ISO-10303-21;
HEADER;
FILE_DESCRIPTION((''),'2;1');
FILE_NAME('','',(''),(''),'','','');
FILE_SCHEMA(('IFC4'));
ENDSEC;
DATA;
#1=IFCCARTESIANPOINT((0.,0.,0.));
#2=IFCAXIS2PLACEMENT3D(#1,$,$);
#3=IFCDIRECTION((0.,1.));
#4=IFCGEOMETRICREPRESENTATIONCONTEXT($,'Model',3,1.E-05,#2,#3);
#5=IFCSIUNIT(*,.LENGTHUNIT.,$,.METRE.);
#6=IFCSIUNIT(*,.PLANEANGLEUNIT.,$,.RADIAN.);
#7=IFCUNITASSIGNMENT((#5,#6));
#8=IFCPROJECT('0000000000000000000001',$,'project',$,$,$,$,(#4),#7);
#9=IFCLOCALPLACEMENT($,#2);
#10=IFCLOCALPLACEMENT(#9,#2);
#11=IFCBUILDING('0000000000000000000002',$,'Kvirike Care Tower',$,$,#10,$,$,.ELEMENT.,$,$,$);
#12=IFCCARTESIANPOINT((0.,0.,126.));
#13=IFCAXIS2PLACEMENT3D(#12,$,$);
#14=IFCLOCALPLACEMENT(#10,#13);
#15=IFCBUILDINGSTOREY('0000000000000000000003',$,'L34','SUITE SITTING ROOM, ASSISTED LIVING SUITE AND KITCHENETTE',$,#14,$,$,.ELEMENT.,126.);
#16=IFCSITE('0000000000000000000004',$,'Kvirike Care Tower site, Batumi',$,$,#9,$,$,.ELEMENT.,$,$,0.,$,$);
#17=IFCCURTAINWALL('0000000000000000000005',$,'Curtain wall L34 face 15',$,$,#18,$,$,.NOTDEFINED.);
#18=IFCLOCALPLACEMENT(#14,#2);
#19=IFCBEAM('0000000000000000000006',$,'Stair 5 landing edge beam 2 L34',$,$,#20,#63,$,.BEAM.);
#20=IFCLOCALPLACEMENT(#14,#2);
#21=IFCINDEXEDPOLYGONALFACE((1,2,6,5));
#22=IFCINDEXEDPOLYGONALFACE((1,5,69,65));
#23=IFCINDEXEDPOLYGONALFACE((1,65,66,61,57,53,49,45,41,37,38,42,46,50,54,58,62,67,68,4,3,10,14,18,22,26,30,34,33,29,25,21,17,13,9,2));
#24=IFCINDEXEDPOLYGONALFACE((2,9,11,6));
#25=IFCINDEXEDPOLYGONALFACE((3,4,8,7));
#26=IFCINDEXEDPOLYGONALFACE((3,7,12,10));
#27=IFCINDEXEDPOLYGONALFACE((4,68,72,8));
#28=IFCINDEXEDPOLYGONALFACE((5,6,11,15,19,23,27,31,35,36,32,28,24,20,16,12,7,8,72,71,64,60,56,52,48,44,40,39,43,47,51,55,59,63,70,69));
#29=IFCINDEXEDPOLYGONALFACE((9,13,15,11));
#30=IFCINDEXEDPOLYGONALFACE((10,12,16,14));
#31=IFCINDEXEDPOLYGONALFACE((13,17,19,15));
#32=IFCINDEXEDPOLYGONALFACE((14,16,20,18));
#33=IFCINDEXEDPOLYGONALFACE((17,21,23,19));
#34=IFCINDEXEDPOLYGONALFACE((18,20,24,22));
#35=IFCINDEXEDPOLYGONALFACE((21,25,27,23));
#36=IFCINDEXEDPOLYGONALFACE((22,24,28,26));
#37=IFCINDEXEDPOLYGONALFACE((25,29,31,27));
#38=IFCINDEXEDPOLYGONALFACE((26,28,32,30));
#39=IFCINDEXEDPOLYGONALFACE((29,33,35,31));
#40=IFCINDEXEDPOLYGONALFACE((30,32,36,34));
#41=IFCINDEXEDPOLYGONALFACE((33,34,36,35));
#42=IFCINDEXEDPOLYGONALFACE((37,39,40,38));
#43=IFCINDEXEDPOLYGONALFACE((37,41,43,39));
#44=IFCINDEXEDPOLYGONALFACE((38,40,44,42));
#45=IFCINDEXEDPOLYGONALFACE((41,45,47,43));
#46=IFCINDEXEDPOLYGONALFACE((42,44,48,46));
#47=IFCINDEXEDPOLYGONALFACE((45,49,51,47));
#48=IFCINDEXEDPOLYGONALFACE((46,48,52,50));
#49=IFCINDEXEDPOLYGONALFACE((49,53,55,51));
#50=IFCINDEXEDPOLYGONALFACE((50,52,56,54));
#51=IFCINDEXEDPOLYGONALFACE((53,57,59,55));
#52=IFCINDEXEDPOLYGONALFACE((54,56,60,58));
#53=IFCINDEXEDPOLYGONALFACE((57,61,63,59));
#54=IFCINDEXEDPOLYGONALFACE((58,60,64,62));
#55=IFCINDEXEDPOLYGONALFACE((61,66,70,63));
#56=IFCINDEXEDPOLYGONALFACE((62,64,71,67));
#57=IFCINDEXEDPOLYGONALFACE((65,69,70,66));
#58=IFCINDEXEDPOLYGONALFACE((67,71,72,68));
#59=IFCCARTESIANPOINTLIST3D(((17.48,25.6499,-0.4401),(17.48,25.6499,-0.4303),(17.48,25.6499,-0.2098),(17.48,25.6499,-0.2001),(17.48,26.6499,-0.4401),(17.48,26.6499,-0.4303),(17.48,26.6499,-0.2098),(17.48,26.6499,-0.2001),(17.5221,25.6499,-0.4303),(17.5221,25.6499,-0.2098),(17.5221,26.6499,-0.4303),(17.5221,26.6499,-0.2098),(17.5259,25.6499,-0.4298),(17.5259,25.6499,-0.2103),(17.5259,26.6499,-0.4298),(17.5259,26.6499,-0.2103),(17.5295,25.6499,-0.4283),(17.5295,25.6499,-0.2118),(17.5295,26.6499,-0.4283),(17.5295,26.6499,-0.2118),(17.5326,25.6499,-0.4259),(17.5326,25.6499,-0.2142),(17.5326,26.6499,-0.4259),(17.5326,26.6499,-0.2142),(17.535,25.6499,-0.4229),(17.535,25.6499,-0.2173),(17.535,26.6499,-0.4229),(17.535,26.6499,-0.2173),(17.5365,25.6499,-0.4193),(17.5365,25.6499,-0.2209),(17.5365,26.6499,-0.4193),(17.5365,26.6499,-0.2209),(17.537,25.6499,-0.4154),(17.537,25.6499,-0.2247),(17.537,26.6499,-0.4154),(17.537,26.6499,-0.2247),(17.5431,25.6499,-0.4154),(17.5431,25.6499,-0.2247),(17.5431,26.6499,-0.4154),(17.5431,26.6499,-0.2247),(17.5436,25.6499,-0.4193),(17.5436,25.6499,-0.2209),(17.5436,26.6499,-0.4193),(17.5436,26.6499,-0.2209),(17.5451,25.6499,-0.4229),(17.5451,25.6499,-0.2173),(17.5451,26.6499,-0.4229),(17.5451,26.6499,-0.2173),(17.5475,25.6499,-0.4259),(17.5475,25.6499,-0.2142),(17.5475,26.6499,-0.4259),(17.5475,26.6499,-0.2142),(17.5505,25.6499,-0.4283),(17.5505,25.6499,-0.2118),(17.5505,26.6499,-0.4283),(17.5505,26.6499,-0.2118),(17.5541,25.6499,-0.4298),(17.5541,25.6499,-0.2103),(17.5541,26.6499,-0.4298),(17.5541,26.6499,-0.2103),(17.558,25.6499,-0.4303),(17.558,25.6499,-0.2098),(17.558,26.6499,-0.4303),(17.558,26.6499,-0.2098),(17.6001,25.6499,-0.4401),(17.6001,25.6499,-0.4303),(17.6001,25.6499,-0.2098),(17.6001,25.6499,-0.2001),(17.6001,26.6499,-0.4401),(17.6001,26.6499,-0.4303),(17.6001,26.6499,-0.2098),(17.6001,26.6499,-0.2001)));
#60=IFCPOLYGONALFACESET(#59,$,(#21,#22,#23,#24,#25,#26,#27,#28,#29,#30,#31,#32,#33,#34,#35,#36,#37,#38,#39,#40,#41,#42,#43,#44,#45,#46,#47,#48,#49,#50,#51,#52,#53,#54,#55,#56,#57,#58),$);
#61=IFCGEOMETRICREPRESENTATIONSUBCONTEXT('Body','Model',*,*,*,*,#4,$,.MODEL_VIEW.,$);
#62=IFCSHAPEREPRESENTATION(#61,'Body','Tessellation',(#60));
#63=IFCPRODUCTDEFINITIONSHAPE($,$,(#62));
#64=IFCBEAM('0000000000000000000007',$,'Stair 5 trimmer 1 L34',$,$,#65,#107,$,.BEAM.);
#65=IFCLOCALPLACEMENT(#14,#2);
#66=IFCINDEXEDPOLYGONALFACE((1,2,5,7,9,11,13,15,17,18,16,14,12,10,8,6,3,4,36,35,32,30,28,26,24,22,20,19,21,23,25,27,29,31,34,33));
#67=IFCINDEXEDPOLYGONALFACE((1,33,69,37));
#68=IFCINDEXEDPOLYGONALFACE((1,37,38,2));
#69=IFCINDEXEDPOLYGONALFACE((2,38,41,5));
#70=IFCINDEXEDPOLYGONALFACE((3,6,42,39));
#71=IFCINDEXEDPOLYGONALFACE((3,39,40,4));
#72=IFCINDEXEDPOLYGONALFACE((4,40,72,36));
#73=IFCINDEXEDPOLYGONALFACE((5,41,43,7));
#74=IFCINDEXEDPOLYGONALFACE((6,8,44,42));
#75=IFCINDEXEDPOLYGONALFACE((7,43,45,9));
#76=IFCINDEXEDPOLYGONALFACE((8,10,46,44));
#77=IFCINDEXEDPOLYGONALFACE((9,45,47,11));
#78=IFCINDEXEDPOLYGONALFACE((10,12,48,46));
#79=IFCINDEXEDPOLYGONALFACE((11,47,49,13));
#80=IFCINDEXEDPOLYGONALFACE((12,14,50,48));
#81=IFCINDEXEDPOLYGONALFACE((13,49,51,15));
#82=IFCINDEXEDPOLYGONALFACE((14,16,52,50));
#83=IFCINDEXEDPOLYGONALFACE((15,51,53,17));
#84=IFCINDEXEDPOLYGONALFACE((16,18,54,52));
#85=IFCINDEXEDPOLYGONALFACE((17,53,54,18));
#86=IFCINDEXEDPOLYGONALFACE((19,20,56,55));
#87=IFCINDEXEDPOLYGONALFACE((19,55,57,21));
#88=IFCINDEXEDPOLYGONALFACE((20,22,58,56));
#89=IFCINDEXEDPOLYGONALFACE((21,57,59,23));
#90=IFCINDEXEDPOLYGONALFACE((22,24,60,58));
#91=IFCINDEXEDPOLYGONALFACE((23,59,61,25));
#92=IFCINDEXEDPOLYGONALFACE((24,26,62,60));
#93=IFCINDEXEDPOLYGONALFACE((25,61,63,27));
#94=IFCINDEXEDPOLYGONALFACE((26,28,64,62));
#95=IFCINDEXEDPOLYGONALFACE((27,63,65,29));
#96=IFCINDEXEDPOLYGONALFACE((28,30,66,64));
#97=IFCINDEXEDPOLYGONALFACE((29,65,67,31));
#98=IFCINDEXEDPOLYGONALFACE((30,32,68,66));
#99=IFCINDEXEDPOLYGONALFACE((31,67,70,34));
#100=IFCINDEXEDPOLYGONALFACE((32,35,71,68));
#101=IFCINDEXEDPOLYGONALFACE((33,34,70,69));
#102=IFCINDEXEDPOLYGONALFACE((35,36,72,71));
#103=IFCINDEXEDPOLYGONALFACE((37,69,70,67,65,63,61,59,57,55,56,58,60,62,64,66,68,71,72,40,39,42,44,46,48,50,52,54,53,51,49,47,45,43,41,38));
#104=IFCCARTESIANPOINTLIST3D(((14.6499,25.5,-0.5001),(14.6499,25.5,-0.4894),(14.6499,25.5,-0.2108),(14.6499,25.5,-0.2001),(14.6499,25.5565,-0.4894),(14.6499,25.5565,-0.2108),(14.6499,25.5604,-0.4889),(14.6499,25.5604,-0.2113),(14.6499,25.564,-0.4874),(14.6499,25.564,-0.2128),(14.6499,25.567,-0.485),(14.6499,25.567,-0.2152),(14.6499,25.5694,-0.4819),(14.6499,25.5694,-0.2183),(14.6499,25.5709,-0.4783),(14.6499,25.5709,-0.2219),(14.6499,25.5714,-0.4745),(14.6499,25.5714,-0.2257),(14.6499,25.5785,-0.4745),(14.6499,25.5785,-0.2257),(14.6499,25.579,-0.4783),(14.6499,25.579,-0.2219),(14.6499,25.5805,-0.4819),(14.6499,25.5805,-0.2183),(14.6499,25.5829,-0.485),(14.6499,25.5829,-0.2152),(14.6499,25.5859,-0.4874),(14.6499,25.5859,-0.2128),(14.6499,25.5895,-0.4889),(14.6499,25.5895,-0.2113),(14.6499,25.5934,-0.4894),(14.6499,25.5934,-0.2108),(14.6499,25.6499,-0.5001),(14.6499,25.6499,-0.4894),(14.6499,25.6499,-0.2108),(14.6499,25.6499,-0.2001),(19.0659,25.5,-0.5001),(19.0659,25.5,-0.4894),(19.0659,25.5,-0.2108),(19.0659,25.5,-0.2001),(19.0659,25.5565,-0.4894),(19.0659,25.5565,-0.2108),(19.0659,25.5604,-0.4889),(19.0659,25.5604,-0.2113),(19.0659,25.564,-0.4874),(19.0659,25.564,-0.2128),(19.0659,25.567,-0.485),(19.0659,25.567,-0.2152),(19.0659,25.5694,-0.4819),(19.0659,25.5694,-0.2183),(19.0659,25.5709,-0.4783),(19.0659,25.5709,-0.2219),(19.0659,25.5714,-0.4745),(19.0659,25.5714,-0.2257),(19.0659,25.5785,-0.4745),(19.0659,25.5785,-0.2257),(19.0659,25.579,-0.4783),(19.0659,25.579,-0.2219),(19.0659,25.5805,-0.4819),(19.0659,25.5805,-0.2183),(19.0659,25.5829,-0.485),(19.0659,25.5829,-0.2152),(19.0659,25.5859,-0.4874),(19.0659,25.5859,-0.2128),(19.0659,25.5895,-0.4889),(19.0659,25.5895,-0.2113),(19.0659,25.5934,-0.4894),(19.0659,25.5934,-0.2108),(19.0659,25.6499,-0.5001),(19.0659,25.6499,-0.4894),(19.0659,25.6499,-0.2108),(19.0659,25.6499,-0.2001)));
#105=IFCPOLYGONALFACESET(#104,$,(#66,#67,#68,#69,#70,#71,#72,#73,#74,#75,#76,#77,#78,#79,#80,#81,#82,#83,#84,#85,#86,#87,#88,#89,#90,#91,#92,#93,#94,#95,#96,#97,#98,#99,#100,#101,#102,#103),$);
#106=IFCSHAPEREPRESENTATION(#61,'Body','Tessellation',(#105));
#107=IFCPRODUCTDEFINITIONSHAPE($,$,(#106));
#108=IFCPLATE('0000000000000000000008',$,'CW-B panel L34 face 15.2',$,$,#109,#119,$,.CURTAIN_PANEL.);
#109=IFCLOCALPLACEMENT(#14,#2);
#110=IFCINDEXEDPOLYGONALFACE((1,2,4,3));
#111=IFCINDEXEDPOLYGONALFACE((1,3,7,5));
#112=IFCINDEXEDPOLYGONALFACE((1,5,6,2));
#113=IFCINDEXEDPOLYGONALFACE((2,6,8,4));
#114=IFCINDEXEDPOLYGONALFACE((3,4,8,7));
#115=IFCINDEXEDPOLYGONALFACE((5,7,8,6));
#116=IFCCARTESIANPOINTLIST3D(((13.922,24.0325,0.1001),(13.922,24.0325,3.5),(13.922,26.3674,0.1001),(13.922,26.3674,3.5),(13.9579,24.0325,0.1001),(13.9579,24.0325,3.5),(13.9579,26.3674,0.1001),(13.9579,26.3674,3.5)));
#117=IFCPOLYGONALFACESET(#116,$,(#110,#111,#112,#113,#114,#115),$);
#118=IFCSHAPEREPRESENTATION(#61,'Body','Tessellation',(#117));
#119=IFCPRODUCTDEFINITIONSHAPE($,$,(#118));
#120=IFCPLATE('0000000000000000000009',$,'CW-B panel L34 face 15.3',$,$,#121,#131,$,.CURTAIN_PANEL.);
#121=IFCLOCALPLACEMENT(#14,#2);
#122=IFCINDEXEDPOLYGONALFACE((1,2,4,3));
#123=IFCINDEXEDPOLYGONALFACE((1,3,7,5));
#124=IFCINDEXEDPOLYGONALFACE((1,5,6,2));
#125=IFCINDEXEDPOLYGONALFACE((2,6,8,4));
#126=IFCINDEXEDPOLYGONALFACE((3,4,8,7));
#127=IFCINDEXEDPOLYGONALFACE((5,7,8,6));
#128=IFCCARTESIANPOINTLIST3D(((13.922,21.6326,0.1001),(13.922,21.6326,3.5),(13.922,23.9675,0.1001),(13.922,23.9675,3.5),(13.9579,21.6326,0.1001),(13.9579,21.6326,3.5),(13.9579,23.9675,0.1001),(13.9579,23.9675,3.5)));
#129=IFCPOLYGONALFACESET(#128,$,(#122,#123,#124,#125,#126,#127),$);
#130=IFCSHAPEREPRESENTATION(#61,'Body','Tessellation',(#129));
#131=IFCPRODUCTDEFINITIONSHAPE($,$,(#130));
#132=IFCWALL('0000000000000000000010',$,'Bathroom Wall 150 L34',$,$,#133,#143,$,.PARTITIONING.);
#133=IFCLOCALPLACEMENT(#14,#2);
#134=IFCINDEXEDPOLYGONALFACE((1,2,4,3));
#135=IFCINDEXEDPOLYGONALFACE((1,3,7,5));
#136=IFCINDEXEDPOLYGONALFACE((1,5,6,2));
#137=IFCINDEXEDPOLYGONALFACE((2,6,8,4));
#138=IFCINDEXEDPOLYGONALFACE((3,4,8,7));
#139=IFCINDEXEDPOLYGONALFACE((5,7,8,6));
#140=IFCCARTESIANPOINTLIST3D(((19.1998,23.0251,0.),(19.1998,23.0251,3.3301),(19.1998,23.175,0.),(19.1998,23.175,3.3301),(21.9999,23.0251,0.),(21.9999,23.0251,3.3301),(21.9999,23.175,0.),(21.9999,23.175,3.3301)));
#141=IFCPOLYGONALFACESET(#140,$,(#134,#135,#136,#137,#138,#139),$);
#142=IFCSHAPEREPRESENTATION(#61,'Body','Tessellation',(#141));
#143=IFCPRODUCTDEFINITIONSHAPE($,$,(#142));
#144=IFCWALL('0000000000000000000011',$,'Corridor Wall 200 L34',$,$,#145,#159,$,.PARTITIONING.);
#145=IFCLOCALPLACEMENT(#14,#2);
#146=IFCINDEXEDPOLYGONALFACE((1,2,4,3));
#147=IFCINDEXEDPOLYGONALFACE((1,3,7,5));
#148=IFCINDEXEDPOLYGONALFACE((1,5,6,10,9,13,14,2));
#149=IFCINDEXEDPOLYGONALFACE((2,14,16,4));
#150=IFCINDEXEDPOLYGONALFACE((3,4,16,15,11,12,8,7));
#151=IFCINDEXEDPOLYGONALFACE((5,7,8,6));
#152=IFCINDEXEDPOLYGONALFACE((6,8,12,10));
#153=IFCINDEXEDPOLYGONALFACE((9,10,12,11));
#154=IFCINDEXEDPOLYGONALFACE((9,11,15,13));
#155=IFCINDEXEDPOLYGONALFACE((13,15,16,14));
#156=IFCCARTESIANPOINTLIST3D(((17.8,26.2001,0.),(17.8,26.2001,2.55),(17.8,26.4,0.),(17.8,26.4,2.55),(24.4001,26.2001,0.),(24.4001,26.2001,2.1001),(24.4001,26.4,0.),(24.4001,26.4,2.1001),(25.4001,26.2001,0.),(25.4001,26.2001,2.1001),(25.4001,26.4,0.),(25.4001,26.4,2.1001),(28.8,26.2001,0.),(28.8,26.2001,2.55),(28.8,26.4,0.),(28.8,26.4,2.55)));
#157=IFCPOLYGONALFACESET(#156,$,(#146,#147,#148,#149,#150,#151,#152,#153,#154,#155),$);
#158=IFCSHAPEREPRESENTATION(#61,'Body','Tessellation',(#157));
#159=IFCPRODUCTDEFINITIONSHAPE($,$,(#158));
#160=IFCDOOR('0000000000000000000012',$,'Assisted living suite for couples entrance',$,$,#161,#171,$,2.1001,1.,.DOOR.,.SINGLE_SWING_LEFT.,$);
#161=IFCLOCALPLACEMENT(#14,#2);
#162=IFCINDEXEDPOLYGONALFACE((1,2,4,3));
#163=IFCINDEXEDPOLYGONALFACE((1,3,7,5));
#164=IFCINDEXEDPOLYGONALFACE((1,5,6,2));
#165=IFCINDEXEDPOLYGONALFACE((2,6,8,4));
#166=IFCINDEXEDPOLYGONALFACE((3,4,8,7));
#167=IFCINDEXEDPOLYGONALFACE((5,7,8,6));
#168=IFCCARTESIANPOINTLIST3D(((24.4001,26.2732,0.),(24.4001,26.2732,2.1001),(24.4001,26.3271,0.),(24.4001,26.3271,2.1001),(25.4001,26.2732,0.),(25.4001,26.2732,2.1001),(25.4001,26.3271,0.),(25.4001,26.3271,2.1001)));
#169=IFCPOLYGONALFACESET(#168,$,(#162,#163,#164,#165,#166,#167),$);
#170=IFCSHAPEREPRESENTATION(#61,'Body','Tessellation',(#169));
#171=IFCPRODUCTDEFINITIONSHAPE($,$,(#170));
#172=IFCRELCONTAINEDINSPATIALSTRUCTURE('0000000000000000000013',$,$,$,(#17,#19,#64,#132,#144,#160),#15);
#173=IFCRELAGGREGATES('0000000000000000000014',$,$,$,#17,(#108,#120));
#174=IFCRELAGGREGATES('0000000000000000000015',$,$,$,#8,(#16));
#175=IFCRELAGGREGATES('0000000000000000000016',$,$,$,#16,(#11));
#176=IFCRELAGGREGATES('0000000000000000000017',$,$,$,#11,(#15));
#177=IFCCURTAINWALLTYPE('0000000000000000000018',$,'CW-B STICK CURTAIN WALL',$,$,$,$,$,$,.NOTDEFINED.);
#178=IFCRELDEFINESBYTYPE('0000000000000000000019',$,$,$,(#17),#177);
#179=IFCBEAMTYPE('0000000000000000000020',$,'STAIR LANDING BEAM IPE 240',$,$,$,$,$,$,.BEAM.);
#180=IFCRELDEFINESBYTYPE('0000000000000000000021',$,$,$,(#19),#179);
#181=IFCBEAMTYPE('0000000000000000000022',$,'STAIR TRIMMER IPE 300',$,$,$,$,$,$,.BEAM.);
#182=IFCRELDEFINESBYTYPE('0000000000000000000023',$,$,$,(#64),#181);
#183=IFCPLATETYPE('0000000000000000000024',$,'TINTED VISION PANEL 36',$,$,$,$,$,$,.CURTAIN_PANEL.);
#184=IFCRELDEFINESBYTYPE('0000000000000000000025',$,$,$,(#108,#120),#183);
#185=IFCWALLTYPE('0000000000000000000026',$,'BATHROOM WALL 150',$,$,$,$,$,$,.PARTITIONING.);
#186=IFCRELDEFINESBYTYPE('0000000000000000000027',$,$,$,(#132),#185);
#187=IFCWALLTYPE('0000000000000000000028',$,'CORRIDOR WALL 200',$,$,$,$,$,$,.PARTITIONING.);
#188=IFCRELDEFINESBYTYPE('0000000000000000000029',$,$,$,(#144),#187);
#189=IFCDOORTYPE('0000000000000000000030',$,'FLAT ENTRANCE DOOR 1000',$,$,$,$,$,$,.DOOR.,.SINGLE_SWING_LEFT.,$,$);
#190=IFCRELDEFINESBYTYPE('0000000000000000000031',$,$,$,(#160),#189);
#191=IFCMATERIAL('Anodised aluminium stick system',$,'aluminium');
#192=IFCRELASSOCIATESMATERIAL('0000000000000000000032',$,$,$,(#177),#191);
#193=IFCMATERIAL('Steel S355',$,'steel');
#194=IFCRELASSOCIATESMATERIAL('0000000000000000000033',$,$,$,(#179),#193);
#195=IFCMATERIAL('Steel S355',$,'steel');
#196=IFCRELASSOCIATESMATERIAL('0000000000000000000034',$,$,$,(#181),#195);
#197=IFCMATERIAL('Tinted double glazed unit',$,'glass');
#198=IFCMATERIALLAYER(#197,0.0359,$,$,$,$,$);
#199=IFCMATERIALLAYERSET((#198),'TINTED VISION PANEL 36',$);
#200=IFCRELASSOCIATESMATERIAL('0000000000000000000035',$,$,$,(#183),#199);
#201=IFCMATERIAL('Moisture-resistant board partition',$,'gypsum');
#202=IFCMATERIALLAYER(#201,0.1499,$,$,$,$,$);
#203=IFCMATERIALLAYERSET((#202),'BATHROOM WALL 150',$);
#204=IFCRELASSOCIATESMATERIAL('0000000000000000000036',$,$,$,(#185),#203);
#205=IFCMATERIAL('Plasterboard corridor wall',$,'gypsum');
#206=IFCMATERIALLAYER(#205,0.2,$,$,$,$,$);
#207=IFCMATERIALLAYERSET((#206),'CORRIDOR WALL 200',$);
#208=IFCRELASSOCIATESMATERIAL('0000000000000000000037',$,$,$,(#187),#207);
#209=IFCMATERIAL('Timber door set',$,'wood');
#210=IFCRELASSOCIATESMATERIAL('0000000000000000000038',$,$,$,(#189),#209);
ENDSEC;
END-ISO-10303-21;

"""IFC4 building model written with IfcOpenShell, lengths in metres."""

from ifc_helpers import new_model, si_unit, direction, frame, frame_2d, origin, origin_2d, place, context, subcontext, project, spatial, rectangle, i_section, extrude, material, layer, layer_set, material_profile, profile_set, type_object, element, fill, aggregate, save


model = new_model("IFC4")

# Units and contexts
model_context = context("Model", 3, precision=1e-05, world=origin(), true_north=direction((0.0, 1.0)))
body_context = subcontext(model_context, "Body", "Model", "MODEL_VIEW")
ifc_project = project(units=[si_unit("LENGTHUNIT", "METRE"), si_unit("PLANEANGLEUNIT", "RADIAN")], contexts=[model_context])

# Site, building, storey
site_placement = place(None, origin())
site = spatial("IfcSite", under=ifc_project, at=site_placement, Name="Kvirike Care Tower site, Batumi", CompositionType="ELEMENT", RefElevation=0.0)
building_placement = place(site_placement, origin())
building = spatial("IfcBuilding", under=site, at=building_placement, Name="Kvirike Care Tower", CompositionType="ELEMENT")
storey_placement = place(building_placement, frame((0.0, 0.0, 126.0)))
storey = spatial("IfcBuildingStorey", under=building, at=storey_placement, Name="L34", Description="SUITE SITTING ROOM, ASSISTED LIVING SUITE AND KITCHENETTE", CompositionType="ELEMENT", Elevation=126.0)

# Curtain wall
ifc_material_1 = material(Name="Anodised aluminium stick system", Category="aluminium")
curtain_wall_type = type_object("IfcCurtainWallType", Name="CW-B STICK CURTAIN WALL", PredefinedType="NOTDEFINED", material=ifc_material_1)
curtain_wall_placement = place(storey_placement, origin())
curtain_wall = element("IfcCurtainWall", 1, at=curtain_wall_placement, inside=storey, type_object=curtain_wall_type, Name="Curtain wall L34 face 15", PredefinedType="NOTDEFINED")

# Beams
ifc_material_2 = material(Name="Steel S355", Category="steel")
ifc_material_profile_1 = material_profile(ifc_material_2, i_section(OverallWidth=0.1201, OverallDepth=0.24, WebThickness=0.0061, FlangeThickness=0.0098, FilletRadius=0.0149, at=origin_2d()), Name="IPE 240")
ifc_profile_set_1 = profile_set([ifc_material_profile_1], Name="Steel S355")
beam_type_1 = type_object("IfcBeamType", Name="STAIR LANDING BEAM IPE 240", PredefinedType="BEAM", material=ifc_profile_set_1)
for number, where, z_axis, x_axis, name in (
    (2, (17.54, 25.6499, -0.3201), (0.0, 1.0, 0.0), (-1.0, 0.0, 0.0), "Stair 5 landing edge beam 2 L34"),
):
    element("IfcBeam", number, at=place(storey_placement, frame(where, z_axis=z_axis, x_axis=x_axis)), inside=storey, type_object=beam_type_1, Name=name, PredefinedType="BEAM", context=body_context, shape_type="SweptSolid", body=[
        extrude(i_section(OverallWidth=0.1201, OverallDepth=0.24, WebThickness=0.0061, FlangeThickness=0.0098, FilletRadius=0.0149, at=origin_2d()), origin(), (0.0, 0.0, 1.0), 1.0),
    ])
ifc_material_3 = material(Name="Steel S355", Category="steel")
ifc_material_profile_2 = material_profile(ifc_material_3, i_section(OverallWidth=0.1499, OverallDepth=0.3, WebThickness=0.0071, FlangeThickness=0.0107, FilletRadius=0.0149, at=origin_2d()), Name="IPE 300")
ifc_profile_set_2 = profile_set([ifc_material_profile_2], Name="Steel S355")
beam_type_2 = type_object("IfcBeamType", Name="STAIR TRIMMER IPE 300", PredefinedType="BEAM", material=ifc_profile_set_2)
beam_1_placement = place(storey_placement, frame((14.6499, 25.575, -0.3501), z_axis=(1.0, 0.0, 0.0), x_axis=(0.0, 1.0, 0.0)))
element("IfcBeam", 3, at=beam_1_placement, inside=storey, type_object=beam_type_2, Name="Stair 5 trimmer 1 L34", PredefinedType="BEAM", context=body_context, shape_type="SweptSolid", body=[
    extrude(i_section(OverallWidth=0.1499, OverallDepth=0.3, WebThickness=0.0071, FlangeThickness=0.0107, FilletRadius=0.0149, at=origin_2d()), origin(), (0.0, 0.0, 1.0), 4.416),
])

# Plates
ifc_material_4 = material(Name="Tinted double glazed unit", Category="glass")
ifc_layer_1 = layer(ifc_material_4, 0.0359)
ifc_layer_set_1 = layer_set([ifc_layer_1], Name="TINTED VISION PANEL 36")
plate_type = type_object("IfcPlateType", Name="TINTED VISION PANEL 36", PredefinedType="CURTAIN_PANEL", material=ifc_layer_set_1)
plate_1_placement = place(storey_placement, frame((13.9399, 25.2, 0.1001), z_axis=(0.0, 0.0, 1.0), x_axis=(0.0, -1.0, 0.0)))
plate_1 = element("IfcPlate", 4, at=plate_1_placement, type_object=plate_type, Name="CW-B panel L34 face 15.2", PredefinedType="CURTAIN_PANEL", context=body_context, shape_type="SweptSolid", body=[
    extrude(rectangle(XDim=2.335, YDim=0.0359, at=origin_2d()), origin(), (0.0, 0.0, 1.0), 3.3999),
])
plate_2_placement = place(storey_placement, frame((13.9399, 22.8, 0.1001), z_axis=(0.0, 0.0, 1.0), x_axis=(0.0, -1.0, 0.0)))
plate_2 = element("IfcPlate", 5, at=plate_2_placement, type_object=plate_type, Name="CW-B panel L34 face 15.3", PredefinedType="CURTAIN_PANEL", context=body_context, shape_type="SweptSolid", body=[
    extrude(rectangle(XDim=2.335, YDim=0.0359, at=origin_2d()), origin(), (0.0, 0.0, 1.0), 3.3999),
])
aggregate(curtain_wall, [plate_1, plate_2])

# Wall
ifc_material_5 = material(Name="Moisture-resistant board partition", Category="gypsum")
ifc_layer_2 = layer(ifc_material_5, 0.1499)
ifc_layer_set_2 = layer_set([ifc_layer_2], Name="BATHROOM WALL 150")
wall_type_1 = type_object("IfcWallType", Name="BATHROOM WALL 150", PredefinedType="PARTITIONING", material=ifc_layer_set_2)
wall_1_placement = place(storey_placement, frame((19.2, 23.1001, 0.0), z_axis=(0.0, 0.0, 1.0), x_axis=(1.0, 0.0, 0.0)))
element("IfcWall", 6, at=wall_1_placement, inside=storey, type_object=wall_type_1, Name="Bathroom Wall 150 L34", PredefinedType="PARTITIONING", context=body_context, shape_type="SweptSolid", body=[
    extrude(rectangle(XDim=2.8, YDim=0.1499, at=frame_2d((1.3999, 0.0))), origin(), (0.0, 0.0, 1.0), 3.3301),
])

# Wall, opening, door
ifc_material_6 = material(Name="Plasterboard corridor wall", Category="gypsum")
ifc_layer_3 = layer(ifc_material_6, 0.2)
ifc_layer_set_3 = layer_set([ifc_layer_3], Name="CORRIDOR WALL 200")
wall_type_2 = type_object("IfcWallType", Name="CORRIDOR WALL 200", PredefinedType="PARTITIONING", material=ifc_layer_set_3)
wall_2_placement = place(storey_placement, frame((17.8, 26.3, 0.0), z_axis=(0.0, 0.0, 1.0), x_axis=(1.0, 0.0, 0.0)))
wall_2 = element("IfcWall", 7, at=wall_2_placement, inside=storey, type_object=wall_type_2, Name="Corridor Wall 200 L34", PredefinedType="PARTITIONING", context=body_context, shape_type="SweptSolid", body=[
    extrude(rectangle(XDim=11.0, YDim=0.2, at=frame_2d((5.5, 0.0))), origin(), (0.0, 0.0, 1.0), 2.55),
])
opening_1_placement = place(wall_2_placement, frame((6.6001, 0.0, 0.0)))
opening_1 = element("IfcOpeningElement", 8, at=opening_1_placement, cuts=wall_2, PredefinedType="OPENING", context=body_context, shape_type="SweptSolid", body=[
    extrude(rectangle(XDim=1.0, YDim=2.1001, at=frame_2d((0.5, 1.05))), frame((0.0, 0.1106, 0.0), z_axis=(0.0, -1.0, 0.0), x_axis=(1.0, 0.0, 0.0)), (0.0, 0.0, 1.0), 0.2209),
])
ifc_material_7 = material(Name="Timber door set", Category="wood")
door_type_1 = type_object("IfcDoorType", Name="FLAT ENTRANCE DOOR 1000", OperationType="SINGLE_SWING_LEFT", PredefinedType="DOOR", material=ifc_material_7)
door_1_placement = place(opening_1_placement, frame((1.0, 0.0, 0.0), z_axis=(0.0, 0.0, 1.0), x_axis=(-1.0, 0.0, 0.0)))
door_1 = element("IfcDoor", 9, at=door_1_placement, inside=storey, type_object=door_type_1, Name="Assisted living suite for couples entrance", OperationType="SINGLE_SWING_LEFT", OverallHeight=2.1001, OverallWidth=1.0, PredefinedType="DOOR", context=body_context, shape_type="SweptSolid", body=[
    extrude(rectangle(XDim=1.0, YDim=2.1001, at=frame_2d((0.5, 1.05))), frame((0.0, 0.0269, 0.0), z_axis=(0.0, -1.0, 0.0), x_axis=(1.0, 0.0, 0.0)), (0.0, 0.0, 1.0), 0.054),
])
fill(opening_1, door_1)

save(model, "model.ifc")
